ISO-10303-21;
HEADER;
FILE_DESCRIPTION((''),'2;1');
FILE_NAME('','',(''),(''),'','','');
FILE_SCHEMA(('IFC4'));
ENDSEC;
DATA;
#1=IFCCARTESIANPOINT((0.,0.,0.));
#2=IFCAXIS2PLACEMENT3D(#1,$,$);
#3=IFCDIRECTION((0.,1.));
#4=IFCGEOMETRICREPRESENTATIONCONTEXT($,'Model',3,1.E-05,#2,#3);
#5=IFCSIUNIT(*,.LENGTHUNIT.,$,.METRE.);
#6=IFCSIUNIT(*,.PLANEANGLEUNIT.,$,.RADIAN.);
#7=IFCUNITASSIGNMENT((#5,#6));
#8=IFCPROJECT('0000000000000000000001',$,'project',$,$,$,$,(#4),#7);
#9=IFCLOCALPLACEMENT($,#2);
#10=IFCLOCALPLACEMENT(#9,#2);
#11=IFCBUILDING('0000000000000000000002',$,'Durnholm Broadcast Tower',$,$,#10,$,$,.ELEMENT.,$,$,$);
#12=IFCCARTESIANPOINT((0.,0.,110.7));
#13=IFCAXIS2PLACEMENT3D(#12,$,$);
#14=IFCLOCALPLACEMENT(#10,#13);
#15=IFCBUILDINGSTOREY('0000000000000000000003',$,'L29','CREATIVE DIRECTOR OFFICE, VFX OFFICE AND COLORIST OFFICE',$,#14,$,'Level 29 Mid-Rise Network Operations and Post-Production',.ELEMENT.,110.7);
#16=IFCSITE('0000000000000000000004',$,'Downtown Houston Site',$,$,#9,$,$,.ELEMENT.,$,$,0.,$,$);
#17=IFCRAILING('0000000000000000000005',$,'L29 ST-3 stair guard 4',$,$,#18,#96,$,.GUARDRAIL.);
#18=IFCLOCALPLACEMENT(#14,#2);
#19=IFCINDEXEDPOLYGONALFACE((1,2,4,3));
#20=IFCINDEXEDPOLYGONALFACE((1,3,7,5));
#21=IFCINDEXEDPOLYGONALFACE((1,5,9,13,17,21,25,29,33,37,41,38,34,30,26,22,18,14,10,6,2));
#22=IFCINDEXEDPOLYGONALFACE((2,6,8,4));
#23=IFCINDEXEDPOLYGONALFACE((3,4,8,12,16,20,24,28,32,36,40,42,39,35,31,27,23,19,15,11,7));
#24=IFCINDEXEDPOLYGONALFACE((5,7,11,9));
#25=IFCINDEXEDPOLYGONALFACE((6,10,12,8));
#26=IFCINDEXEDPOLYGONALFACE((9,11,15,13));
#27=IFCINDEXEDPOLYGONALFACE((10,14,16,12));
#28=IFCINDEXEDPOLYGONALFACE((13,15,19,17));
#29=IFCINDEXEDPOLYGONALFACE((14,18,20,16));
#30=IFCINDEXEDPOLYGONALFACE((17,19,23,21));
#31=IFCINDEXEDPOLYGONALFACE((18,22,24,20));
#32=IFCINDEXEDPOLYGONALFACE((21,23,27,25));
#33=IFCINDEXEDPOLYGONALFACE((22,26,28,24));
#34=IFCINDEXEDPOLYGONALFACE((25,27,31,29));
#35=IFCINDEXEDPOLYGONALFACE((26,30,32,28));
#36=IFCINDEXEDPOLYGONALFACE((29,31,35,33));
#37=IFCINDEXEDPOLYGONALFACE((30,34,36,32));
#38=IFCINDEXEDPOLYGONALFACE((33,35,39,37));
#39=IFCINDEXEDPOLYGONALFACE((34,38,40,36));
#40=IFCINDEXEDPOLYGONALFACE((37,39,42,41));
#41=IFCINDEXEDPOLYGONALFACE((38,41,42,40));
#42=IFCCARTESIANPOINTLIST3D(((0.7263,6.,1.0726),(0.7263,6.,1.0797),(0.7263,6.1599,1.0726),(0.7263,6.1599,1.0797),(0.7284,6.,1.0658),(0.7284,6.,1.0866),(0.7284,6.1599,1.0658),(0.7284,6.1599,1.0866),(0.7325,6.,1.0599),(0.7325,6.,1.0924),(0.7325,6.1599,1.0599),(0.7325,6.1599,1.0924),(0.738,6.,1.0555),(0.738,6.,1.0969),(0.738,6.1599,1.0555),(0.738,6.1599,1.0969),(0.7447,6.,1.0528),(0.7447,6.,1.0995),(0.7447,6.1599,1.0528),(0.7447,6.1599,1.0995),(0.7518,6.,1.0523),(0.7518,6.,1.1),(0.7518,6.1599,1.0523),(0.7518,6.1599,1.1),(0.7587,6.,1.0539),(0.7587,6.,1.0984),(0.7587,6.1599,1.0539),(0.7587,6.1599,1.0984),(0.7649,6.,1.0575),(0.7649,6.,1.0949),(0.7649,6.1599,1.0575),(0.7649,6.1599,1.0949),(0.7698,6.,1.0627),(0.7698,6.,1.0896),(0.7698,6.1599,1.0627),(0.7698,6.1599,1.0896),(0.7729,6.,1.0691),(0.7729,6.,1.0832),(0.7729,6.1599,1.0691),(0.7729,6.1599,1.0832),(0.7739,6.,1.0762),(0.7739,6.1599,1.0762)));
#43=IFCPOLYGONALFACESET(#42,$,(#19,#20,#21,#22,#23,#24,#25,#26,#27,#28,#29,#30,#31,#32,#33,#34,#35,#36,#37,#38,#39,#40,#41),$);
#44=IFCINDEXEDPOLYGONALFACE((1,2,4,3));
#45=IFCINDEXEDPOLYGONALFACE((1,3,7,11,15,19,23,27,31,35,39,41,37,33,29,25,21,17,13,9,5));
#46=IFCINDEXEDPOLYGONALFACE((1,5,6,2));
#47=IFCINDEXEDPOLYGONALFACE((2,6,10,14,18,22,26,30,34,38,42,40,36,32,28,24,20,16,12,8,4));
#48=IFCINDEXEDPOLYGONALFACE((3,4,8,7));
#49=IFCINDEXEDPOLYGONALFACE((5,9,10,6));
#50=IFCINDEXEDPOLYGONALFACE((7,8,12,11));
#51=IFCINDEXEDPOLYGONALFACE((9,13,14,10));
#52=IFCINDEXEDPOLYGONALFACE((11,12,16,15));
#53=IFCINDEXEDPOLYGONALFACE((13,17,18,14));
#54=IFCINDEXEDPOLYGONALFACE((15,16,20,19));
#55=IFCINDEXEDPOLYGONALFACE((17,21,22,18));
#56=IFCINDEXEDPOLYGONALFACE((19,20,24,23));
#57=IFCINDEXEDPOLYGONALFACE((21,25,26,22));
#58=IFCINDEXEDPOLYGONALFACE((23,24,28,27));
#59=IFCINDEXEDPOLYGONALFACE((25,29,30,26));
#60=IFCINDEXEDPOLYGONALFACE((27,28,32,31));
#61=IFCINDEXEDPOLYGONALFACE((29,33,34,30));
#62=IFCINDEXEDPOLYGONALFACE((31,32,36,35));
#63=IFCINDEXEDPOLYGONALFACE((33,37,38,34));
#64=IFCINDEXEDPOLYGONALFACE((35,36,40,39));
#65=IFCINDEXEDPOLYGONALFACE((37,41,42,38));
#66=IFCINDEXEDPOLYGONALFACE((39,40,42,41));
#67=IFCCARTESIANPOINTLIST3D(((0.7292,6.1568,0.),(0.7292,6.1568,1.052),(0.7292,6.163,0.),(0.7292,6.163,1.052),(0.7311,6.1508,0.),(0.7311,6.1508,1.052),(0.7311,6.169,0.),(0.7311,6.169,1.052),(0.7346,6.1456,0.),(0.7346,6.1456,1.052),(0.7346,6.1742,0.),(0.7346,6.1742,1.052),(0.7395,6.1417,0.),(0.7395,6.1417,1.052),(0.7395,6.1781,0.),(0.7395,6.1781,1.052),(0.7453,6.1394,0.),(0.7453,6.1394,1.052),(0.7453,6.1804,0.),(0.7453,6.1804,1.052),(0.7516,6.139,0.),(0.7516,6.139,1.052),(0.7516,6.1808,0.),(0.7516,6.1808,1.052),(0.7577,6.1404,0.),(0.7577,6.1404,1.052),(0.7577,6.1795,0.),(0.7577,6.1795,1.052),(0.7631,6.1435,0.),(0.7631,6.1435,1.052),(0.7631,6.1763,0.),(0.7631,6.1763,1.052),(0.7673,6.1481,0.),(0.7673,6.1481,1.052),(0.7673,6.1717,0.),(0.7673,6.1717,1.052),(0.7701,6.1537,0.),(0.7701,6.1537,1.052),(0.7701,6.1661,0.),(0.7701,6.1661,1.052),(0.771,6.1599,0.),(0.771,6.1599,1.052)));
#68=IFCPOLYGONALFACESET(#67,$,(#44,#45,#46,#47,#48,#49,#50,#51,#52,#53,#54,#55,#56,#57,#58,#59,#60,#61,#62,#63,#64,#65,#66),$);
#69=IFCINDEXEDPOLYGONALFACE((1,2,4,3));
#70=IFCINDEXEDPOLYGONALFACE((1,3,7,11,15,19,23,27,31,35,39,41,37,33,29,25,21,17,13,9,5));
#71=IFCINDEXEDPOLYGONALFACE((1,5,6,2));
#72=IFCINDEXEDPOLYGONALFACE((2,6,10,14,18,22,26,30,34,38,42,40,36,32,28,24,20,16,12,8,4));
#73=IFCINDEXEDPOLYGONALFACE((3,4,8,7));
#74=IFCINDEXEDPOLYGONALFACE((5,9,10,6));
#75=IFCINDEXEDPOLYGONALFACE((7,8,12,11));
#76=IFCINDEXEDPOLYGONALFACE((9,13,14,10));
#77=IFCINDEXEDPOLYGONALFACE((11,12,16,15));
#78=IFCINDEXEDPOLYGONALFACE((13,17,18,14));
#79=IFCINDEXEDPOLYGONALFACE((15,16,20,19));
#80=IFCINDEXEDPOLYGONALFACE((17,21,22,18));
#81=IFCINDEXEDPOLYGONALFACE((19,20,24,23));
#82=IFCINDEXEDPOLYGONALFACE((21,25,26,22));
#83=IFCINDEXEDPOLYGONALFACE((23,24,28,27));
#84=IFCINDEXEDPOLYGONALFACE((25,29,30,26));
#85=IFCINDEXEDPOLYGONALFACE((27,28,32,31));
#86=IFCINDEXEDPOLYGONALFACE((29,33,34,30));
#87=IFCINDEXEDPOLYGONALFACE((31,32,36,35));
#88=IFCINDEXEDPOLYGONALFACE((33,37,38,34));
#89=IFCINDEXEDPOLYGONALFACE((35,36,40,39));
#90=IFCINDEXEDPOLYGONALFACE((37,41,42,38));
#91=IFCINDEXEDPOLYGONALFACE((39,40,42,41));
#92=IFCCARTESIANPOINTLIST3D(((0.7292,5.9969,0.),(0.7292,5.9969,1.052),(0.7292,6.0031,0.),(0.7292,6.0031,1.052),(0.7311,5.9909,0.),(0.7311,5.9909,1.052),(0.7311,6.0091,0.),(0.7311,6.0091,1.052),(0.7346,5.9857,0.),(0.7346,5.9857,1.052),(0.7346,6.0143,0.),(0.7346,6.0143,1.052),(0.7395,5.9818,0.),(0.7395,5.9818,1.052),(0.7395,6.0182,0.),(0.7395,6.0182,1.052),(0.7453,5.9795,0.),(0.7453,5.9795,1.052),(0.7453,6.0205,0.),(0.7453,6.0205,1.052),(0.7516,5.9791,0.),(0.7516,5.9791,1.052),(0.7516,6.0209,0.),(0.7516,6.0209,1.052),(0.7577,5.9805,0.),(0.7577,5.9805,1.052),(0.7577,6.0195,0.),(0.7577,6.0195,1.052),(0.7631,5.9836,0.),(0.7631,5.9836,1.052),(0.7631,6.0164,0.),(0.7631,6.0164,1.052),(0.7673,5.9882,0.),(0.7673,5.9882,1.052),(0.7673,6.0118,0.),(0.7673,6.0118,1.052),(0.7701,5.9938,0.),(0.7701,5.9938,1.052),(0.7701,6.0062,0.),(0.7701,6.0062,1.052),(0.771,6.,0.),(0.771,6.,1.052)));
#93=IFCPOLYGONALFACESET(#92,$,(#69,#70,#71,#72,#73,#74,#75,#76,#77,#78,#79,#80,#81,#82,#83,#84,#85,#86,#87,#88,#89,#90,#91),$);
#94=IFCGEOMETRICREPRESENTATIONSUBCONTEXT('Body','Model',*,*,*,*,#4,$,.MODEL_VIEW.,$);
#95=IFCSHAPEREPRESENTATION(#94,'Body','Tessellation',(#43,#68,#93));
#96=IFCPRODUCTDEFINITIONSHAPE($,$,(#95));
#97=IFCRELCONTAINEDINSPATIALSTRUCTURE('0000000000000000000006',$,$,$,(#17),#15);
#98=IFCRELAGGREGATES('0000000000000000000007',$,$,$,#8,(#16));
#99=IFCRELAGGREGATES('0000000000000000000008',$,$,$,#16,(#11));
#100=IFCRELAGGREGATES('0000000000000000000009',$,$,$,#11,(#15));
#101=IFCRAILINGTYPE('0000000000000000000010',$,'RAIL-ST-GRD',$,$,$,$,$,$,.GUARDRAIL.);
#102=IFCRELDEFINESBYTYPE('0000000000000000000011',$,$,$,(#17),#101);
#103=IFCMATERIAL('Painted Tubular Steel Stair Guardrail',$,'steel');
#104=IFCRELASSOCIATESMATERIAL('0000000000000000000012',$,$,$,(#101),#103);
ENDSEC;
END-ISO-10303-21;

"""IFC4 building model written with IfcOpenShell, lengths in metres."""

from ifc_helpers import new_model, si_unit, direction, frame, origin, origin_2d, place, context, subcontext, project, spatial, circle, extrude, material, type_object, element, save


model = new_model("IFC4")

# Units and contexts
model_context = context("Model", 3, precision=1e-05, world=origin(), true_north=direction((0.0, 1.0)))
body_context = subcontext(model_context, "Body", "Model", "MODEL_VIEW")
ifc_project = project(units=[si_unit("LENGTHUNIT", "METRE"), si_unit("PLANEANGLEUNIT", "RADIAN")], contexts=[model_context])

# Site, building, storey
site_placement = place(None, origin())
site = spatial("IfcSite", under=ifc_project, at=site_placement, Name="Downtown Houston Site", CompositionType="ELEMENT", RefElevation=0.0)
building_placement = place(site_placement, origin())
building = spatial("IfcBuilding", under=site, at=building_placement, Name="Durnholm Broadcast Tower", CompositionType="ELEMENT")
storey_placement = place(building_placement, frame((0.0, 0.0, 110.7)))
storey = spatial("IfcBuildingStorey", under=building, at=storey_placement, Name="L29", Description="CREATIVE DIRECTOR OFFICE, VFX OFFICE AND COLORIST OFFICE", LongName="Level 29 Mid-Rise Network Operations and Post-Production", CompositionType="ELEMENT", Elevation=110.7)

# Railing
ifc_material_1 = material(Name="Painted Tubular Steel Stair Guardrail", Category="steel")
railing_type_1 = type_object("IfcRailingType", Name="RAIL-ST-GRD", PredefinedType="GUARDRAIL", material=ifc_material_1)
railing_1_placement = place(storey_placement, frame((0.75, 6.1599, 0.0)))
element("IfcRailing", 1, at=railing_1_placement, inside=storey, type_object=railing_type_1, Name="L29 ST-3 stair guard 4", PredefinedType="GUARDRAIL", context=body_context, shape_type="SweptSolid", body=[
    extrude(circle(Radius=0.0239, at=origin_2d()), frame((0.0, 0.0, 1.0762), z_axis=(0.0, -1.0, 0.0), x_axis=(1.0, 0.0, 0.0)), (0.0, 0.0, 1.0), 0.1599),
    extrude(circle(Radius=0.021, at=origin_2d()), origin(), (0.0, 0.0, 1.0), 1.052),
    extrude(circle(Radius=0.021, at=origin_2d()), frame((0.0, -0.1599, 0.0)), (0.0, 0.0, 1.0), 1.052),
])

save(model, "model.ifc")
